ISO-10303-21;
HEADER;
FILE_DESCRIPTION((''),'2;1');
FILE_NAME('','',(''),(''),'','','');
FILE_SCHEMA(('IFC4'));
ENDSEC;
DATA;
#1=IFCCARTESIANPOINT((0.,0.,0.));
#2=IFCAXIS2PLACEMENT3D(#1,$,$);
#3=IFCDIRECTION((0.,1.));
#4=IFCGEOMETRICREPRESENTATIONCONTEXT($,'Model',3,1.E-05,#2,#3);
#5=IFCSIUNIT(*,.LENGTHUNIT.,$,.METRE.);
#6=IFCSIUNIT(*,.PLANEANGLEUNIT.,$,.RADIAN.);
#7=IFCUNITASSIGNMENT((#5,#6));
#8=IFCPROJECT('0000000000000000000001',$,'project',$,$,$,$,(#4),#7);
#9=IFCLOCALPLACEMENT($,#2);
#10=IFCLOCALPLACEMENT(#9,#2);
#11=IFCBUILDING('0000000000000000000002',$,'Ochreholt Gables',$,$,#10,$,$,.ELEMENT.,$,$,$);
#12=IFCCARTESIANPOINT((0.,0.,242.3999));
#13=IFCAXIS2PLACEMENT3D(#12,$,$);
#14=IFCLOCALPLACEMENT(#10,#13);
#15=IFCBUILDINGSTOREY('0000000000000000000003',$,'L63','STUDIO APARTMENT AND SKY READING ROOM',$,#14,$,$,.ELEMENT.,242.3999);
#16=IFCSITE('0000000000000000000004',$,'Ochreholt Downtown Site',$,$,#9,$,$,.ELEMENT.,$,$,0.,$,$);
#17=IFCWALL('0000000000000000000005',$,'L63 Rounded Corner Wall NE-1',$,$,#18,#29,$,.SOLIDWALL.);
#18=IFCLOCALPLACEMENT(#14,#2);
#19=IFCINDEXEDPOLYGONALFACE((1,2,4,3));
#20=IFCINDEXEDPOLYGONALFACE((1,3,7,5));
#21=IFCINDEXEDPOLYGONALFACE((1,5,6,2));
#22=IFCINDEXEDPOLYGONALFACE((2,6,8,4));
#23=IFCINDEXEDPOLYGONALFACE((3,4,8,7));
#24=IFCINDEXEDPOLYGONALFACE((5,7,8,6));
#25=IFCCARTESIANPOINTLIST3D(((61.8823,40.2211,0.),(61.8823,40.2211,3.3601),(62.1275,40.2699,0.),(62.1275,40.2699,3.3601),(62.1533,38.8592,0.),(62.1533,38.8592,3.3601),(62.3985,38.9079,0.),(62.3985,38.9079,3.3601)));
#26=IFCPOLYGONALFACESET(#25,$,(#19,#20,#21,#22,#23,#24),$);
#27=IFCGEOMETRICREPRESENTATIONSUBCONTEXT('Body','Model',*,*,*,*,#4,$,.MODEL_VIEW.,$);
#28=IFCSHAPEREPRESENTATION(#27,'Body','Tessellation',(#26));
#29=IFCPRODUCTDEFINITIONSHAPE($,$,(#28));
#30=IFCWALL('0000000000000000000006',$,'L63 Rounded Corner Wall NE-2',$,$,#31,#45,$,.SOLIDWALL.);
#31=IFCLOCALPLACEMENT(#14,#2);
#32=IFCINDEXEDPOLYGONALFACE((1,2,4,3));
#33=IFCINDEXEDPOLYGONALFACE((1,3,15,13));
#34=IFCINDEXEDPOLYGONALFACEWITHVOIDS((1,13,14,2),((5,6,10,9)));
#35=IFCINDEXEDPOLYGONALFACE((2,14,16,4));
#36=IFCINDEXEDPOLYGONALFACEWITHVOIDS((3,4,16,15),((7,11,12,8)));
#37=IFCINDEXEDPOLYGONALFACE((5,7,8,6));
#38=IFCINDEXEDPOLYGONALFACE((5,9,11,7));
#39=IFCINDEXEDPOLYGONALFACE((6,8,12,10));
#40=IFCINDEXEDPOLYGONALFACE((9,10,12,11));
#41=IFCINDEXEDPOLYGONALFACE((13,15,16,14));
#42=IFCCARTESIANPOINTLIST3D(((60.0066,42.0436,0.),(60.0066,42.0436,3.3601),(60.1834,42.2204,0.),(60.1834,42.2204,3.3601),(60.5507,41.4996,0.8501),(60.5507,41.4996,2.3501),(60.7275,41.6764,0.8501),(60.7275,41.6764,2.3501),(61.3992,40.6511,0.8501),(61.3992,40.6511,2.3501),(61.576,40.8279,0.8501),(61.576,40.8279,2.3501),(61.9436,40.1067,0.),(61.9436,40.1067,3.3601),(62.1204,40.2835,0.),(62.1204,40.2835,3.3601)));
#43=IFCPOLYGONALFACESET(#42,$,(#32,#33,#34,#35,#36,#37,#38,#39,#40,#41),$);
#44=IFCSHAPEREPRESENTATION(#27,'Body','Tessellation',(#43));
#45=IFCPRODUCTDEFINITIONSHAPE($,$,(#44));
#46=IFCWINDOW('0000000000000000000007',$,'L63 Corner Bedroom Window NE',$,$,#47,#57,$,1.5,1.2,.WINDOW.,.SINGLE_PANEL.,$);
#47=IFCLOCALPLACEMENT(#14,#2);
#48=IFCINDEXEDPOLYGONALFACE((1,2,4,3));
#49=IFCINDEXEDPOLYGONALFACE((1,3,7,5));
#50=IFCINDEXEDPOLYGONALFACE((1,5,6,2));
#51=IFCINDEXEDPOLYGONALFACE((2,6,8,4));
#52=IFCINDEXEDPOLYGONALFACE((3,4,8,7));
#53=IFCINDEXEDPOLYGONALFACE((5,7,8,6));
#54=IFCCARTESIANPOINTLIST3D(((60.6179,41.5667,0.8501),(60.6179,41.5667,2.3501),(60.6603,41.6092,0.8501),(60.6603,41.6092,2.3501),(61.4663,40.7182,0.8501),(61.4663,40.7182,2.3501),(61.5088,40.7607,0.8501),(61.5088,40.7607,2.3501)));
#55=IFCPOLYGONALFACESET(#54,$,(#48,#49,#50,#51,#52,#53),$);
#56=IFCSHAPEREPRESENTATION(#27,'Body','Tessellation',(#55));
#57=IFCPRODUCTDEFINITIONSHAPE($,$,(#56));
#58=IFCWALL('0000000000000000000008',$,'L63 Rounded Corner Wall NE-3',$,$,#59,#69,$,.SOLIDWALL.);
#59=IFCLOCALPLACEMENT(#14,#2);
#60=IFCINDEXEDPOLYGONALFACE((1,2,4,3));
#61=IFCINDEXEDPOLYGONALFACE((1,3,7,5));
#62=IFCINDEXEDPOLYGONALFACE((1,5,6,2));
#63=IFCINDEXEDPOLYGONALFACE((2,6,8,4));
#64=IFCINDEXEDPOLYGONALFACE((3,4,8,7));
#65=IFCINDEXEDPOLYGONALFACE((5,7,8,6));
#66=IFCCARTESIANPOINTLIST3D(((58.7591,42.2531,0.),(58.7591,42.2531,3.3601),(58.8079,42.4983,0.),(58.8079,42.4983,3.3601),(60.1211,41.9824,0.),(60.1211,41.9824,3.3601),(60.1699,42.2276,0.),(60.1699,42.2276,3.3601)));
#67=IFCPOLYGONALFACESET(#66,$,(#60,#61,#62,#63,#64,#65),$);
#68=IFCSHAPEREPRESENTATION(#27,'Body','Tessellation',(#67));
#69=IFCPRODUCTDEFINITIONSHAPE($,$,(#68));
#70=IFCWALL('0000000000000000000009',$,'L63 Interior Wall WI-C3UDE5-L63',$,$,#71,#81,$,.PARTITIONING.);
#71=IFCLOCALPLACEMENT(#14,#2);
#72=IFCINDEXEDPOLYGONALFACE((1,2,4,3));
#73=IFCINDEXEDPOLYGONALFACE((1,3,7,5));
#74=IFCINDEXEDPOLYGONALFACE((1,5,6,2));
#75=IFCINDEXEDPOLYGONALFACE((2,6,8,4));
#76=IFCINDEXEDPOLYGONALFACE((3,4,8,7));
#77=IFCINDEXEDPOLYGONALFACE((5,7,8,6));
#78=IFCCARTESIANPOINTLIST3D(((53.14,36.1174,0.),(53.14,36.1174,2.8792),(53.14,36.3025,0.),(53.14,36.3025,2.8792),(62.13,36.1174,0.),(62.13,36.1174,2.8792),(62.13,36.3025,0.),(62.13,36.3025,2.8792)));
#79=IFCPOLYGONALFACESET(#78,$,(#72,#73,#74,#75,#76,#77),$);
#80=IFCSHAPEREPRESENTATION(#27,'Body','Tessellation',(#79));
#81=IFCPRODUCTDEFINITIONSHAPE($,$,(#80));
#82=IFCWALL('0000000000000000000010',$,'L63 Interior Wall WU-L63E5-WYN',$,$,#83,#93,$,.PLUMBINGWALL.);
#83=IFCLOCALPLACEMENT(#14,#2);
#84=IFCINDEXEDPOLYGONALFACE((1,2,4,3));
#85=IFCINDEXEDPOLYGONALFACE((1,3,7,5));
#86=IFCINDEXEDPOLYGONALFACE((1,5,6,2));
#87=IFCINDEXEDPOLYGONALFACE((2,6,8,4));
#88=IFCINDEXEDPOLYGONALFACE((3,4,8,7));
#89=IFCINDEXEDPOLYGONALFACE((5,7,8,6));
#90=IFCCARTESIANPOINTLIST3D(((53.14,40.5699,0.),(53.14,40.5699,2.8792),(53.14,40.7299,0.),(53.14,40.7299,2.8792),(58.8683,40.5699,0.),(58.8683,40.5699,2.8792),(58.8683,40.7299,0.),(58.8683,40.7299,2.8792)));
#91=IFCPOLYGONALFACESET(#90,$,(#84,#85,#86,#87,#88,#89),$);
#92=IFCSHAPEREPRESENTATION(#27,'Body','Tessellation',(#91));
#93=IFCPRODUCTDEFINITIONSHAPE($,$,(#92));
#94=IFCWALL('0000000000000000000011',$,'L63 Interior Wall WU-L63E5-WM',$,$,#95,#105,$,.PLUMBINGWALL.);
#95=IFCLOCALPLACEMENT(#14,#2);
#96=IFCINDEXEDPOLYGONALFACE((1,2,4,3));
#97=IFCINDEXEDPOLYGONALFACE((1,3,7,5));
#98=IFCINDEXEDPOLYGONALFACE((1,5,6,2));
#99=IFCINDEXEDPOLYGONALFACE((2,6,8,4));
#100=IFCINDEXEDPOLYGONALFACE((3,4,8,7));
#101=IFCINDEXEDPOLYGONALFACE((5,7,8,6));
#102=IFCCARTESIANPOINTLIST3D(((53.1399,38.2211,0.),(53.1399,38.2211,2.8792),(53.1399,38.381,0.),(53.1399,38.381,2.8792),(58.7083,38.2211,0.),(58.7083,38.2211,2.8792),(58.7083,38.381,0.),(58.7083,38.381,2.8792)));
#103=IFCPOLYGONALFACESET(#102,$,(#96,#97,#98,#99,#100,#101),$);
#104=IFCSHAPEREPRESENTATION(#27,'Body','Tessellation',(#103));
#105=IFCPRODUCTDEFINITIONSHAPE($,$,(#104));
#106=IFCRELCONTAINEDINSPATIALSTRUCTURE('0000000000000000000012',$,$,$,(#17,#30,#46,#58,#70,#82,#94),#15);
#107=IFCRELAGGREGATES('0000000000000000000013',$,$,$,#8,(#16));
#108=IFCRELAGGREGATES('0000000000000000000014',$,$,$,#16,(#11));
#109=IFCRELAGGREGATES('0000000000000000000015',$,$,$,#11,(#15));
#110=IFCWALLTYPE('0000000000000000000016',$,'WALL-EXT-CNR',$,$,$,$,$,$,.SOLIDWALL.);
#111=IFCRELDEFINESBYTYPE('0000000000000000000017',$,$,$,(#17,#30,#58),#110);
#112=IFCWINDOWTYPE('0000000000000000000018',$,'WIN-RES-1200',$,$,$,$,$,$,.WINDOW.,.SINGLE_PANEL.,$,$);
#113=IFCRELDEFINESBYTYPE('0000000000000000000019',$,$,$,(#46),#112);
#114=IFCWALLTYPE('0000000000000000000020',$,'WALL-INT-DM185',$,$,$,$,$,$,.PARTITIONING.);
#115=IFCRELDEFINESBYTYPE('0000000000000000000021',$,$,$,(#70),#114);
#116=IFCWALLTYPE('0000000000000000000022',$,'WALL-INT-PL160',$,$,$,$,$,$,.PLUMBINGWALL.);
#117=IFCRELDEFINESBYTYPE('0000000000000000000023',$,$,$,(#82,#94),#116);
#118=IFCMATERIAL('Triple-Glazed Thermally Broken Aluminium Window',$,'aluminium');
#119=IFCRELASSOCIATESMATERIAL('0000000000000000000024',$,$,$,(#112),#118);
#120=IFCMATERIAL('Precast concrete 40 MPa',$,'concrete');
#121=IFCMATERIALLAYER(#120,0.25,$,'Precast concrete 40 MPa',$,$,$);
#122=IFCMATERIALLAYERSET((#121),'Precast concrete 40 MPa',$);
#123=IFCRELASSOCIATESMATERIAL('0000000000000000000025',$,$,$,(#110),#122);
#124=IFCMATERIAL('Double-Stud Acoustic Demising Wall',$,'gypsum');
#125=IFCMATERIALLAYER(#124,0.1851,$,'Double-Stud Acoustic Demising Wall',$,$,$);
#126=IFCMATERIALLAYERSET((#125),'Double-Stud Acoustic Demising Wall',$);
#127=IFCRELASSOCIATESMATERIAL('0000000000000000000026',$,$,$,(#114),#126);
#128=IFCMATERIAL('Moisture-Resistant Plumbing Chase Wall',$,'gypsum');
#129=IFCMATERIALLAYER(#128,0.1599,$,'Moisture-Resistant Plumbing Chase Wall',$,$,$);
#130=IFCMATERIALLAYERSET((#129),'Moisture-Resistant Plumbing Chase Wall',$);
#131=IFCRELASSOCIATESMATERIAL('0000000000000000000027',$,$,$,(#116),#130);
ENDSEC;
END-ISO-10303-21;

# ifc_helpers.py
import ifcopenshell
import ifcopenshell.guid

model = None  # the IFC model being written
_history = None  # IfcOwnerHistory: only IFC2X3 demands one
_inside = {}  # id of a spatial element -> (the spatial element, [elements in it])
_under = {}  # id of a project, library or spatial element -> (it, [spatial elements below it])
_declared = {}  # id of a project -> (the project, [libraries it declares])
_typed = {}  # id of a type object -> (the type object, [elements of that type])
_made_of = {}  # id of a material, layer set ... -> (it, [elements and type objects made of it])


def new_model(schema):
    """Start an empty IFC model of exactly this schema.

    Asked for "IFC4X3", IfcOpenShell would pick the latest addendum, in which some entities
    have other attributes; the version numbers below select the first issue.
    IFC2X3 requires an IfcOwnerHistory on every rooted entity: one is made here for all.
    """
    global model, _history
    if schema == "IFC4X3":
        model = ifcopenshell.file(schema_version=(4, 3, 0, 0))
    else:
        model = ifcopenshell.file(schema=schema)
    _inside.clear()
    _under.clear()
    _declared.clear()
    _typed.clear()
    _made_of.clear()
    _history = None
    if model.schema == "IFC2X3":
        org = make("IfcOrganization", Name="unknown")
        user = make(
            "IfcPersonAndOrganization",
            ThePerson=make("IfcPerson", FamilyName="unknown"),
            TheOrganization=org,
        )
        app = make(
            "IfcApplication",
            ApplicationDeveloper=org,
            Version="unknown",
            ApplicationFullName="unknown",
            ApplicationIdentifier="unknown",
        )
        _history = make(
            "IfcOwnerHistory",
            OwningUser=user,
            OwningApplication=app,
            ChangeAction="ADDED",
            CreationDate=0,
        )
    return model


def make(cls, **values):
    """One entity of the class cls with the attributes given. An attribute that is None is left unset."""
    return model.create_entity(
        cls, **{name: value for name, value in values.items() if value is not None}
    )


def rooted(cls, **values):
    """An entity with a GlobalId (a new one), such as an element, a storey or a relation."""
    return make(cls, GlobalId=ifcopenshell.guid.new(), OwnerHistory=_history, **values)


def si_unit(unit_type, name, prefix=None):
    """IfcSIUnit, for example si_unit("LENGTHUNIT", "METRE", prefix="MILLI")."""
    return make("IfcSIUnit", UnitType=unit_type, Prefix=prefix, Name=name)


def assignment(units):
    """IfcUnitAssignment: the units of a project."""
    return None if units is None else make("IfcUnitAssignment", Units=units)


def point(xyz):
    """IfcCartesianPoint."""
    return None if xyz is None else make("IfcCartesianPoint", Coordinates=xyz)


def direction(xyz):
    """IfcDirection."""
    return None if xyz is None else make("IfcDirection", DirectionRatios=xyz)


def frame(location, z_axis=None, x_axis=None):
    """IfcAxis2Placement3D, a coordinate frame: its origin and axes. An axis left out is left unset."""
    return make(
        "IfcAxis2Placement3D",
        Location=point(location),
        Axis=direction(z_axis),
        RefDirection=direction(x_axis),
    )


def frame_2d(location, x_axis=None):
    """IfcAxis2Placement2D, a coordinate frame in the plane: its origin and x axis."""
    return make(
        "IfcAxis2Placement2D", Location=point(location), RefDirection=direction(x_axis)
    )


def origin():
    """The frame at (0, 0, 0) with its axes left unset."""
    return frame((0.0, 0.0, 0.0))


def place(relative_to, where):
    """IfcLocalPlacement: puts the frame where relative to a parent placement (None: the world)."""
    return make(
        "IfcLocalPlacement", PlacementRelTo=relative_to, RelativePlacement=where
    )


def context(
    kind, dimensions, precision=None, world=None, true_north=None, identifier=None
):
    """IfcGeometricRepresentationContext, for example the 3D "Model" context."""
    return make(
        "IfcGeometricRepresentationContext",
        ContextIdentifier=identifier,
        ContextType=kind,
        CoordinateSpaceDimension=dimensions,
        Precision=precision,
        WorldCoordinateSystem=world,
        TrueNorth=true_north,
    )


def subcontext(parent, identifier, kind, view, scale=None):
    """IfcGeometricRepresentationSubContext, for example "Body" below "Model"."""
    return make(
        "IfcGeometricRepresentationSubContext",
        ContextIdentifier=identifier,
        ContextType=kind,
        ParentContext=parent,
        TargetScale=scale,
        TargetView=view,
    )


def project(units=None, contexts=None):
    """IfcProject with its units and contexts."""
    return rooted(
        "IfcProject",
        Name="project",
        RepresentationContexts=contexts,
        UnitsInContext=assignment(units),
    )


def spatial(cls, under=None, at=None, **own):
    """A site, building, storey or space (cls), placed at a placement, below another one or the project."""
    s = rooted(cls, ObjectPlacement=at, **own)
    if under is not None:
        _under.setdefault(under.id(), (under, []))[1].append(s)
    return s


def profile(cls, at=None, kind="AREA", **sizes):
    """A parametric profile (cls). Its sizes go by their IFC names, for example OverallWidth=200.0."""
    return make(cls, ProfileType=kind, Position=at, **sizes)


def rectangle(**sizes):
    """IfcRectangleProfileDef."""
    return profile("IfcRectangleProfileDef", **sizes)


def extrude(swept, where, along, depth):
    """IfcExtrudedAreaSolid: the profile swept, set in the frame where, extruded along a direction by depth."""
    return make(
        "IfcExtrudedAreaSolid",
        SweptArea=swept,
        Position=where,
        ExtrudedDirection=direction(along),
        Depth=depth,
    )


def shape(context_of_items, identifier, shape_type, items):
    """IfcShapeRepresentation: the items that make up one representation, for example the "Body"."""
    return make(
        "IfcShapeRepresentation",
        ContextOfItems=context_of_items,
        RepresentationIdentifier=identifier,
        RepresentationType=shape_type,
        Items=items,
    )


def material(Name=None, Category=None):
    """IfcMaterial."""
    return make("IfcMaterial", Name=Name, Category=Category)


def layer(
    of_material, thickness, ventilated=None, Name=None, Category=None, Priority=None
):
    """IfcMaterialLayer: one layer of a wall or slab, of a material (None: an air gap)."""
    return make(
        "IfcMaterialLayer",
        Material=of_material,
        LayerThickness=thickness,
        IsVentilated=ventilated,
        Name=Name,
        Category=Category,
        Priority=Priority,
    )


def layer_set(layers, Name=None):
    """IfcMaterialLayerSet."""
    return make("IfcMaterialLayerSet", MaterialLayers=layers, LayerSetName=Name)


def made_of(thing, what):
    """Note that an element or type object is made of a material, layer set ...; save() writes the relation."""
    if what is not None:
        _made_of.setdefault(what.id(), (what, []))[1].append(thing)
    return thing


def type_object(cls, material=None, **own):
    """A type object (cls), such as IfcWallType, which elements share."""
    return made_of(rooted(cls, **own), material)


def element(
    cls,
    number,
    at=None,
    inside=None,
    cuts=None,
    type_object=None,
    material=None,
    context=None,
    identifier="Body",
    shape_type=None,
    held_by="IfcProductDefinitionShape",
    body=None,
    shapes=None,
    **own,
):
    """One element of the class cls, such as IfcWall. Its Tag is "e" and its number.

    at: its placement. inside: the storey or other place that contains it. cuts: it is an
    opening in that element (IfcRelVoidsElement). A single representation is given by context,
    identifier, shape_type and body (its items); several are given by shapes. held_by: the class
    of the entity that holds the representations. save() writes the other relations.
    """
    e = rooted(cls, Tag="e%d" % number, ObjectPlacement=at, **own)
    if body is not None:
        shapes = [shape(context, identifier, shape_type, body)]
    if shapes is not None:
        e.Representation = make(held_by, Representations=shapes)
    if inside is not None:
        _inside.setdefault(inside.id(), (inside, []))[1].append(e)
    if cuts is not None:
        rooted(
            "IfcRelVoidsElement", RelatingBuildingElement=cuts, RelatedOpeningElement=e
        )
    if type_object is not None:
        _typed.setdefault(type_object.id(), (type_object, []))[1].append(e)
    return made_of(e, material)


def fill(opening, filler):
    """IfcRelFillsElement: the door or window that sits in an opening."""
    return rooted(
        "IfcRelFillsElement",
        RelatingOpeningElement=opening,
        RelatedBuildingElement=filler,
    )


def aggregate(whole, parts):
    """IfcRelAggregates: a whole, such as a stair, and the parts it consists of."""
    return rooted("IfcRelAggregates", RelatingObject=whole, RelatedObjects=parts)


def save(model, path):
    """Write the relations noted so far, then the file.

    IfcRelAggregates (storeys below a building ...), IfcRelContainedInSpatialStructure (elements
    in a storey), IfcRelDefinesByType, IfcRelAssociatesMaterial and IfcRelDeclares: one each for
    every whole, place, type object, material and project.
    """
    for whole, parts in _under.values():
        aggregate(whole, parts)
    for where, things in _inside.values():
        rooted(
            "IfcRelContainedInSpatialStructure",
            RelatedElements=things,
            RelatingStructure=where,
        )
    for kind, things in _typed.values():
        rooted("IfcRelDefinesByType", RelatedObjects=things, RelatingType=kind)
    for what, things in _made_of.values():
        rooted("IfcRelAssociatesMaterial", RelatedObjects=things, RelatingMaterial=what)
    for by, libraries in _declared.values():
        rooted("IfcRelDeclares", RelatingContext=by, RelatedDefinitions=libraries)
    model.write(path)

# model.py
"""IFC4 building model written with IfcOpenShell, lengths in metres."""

from ifc_helpers import new_model, si_unit, direction, frame, frame_2d, origin, place, context, subcontext, project, spatial, rectangle, extrude, material, layer, layer_set, type_object, element, fill, save


model = new_model("IFC4")

# Units and contexts
model_context = context("Model", 3, precision=1e-05, world=origin(), true_north=direction((0.0, 1.0)))
body_context = subcontext(model_context, "Body", "Model", "MODEL_VIEW")
ifc_project = project(units=[si_unit("LENGTHUNIT", "METRE"), si_unit("PLANEANGLEUNIT", "RADIAN")], contexts=[model_context])

# Site, building, storey
site_placement = place(None, origin())
site = spatial("IfcSite", under=ifc_project, at=site_placement, Name="Ochreholt Downtown Site", CompositionType="ELEMENT", RefElevation=0.0)
building_placement = place(site_placement, origin())
building = spatial("IfcBuilding", under=site, at=building_placement, Name="Ochreholt Gables", CompositionType="ELEMENT")
storey_placement = place(building_placement, frame((0.0, 0.0, 242.3999)))
storey = spatial("IfcBuildingStorey", under=building, at=storey_placement, Name="L63", Description="STUDIO APARTMENT AND SKY READING ROOM", CompositionType="ELEMENT", Elevation=242.3999)

# Shared definitions
ifc_material_1 = material(Name="Precast concrete 40 MPa", Category="concrete")
ifc_material_2 = material(Name="Triple-Glazed Thermally Broken Aluminium Window", Category="aluminium")
window_type_1 = type_object("IfcWindowType", Name="WIN-RES-1200", PartitioningType="SINGLE_PANEL", PredefinedType="WINDOW", material=ifc_material_2)

# Wall
ifc_layer_1 = layer(ifc_material_1, 0.25, Name="Precast concrete 40 MPa")
ifc_layer_set_1 = layer_set([ifc_layer_1], Name="Precast concrete 40 MPa")
wall_type_1 = type_object("IfcWallType", Name="WALL-EXT-CNR", PredefinedType="SOLIDWALL", material=ifc_layer_set_1)
wall_1_placement = place(storey_placement, frame((62.2759, 38.8835, 0.0), z_axis=(0.0, 0.0, 1.0), x_axis=(-0.195136, 0.980776, 0.0)))
element("IfcWall", 1, at=wall_1_placement, inside=storey, type_object=wall_type_1, Name="L63 Rounded Corner Wall NE-1", PredefinedType="SOLIDWALL", context=body_context, shape_type="SweptSolid", body=[
    extrude(rectangle(XDim=1.3887, YDim=0.25, at=frame_2d((0.6943, 0.0))), origin(), (0.0, 0.0, 1.0), 3.3601),
])

# Wall, opening, window
wall_2_placement = place(storey_placement, frame((62.032, 40.1951, 0.0), z_axis=(0.0, 0.0, 1.0), x_axis=(-0.707107, 0.707107, 0.0)))
wall_2 = element("IfcWall", 2, at=wall_2_placement, inside=storey, type_object=wall_type_1, Name="L63 Rounded Corner Wall NE-2", PredefinedType="SOLIDWALL", context=body_context, shape_type="SweptSolid", body=[
    extrude(rectangle(XDim=2.7393, YDim=0.25, at=frame_2d((1.3696, 0.0))), origin(), (0.0, 0.0, 1.0), 3.3601),
])
opening_1_placement = place(wall_2_placement, frame((0.7698, 0.0, 0.8501)))
opening_1 = element("IfcOpeningElement", 3, at=opening_1_placement, cuts=wall_2, PredefinedType="OPENING", context=body_context, shape_type="SweptSolid", body=[
    extrude(rectangle(XDim=1.2, YDim=1.5, at=frame_2d((0.6001, 0.75))), frame((0.0, 0.135, 0.0), z_axis=(0.0, -1.0, 0.0), x_axis=(1.0, 0.0, 0.0)), (0.0, 0.0, 1.0), 0.27),
])
window_1_placement = place(opening_1_placement, origin())
window_1 = element("IfcWindow", 4, at=window_1_placement, inside=storey, type_object=window_type_1, Name="L63 Corner Bedroom Window NE", OverallHeight=1.5, OverallWidth=1.2, PartitioningType="SINGLE_PANEL", PredefinedType="WINDOW", context=body_context, shape_type="SweptSolid", body=[
    extrude(rectangle(XDim=1.2, YDim=1.5, at=frame_2d((0.6001, 0.75))), frame((0.0, 0.03, 0.0), z_axis=(0.0, -1.0, 0.0), x_axis=(1.0, 0.0, 0.0)), (0.0, 0.0, 1.0), 0.0601),
])
fill(opening_1, window_1)

# Walls
wall_3_placement = place(storey_placement, frame((60.1455, 42.105, 0.0), z_axis=(0.0, 0.0, 1.0), x_axis=(-0.98081, 0.194967, 0.0)))
element("IfcWall", 5, at=wall_3_placement, inside=storey, type_object=wall_type_1, Name="L63 Rounded Corner Wall NE-3", PredefinedType="SOLIDWALL", context=body_context, shape_type="SweptSolid", body=[
    extrude(rectangle(XDim=1.3887, YDim=0.25, at=frame_2d((0.6943, 0.0))), origin(), (0.0, 0.0, 1.0), 3.3601),
])
ifc_material_3 = material(Name="Double-Stud Acoustic Demising Wall", Category="gypsum")
ifc_layer_2 = layer(ifc_material_3, 0.1851, Name="Double-Stud Acoustic Demising Wall")
ifc_layer_set_2 = layer_set([ifc_layer_2], Name="Double-Stud Acoustic Demising Wall")
wall_type_2 = type_object("IfcWallType", Name="WALL-INT-DM185", PredefinedType="PARTITIONING", material=ifc_layer_set_2)
wall_4_placement = place(storey_placement, frame((53.1399, 36.21, 0.0), z_axis=(0.0, 0.0, 1.0), x_axis=(1.0, 0.0, 0.0)))
element("IfcWall", 6, at=wall_4_placement, inside=storey, type_object=wall_type_2, Name="L63 Interior Wall WI-C3UDE5-L63", PredefinedType="PARTITIONING", context=body_context, shape_type="SweptSolid", body=[
    extrude(rectangle(XDim=8.99, YDim=0.1851, at=frame_2d((4.4951, 0.0))), origin(), (0.0, 0.0, 1.0), 2.8792),
])
ifc_material_4 = material(Name="Moisture-Resistant Plumbing Chase Wall", Category="gypsum")
ifc_layer_3 = layer(ifc_material_4, 0.1599, Name="Moisture-Resistant Plumbing Chase Wall")
ifc_layer_set_3 = layer_set([ifc_layer_3], Name="Moisture-Resistant Plumbing Chase Wall")
wall_type_3 = type_object("IfcWallType", Name="WALL-INT-PL160", PredefinedType="PLUMBINGWALL", material=ifc_layer_set_3)
wall_5_placement = place(storey_placement, frame((53.1399, 40.6499, 0.0), z_axis=(0.0, 0.0, 1.0), x_axis=(1.0, 0.0, 0.0)))
element("IfcWall", 7, at=wall_5_placement, inside=storey, type_object=wall_type_3, Name="L63 Interior Wall WU-L63E5-WYN", PredefinedType="PLUMBINGWALL", context=body_context, shape_type="SweptSolid", body=[
    extrude(rectangle(XDim=5.7283, YDim=0.1599, at=frame_2d((2.8643, 0.0))), origin(), (0.0, 0.0, 1.0), 2.8792),
])

# Wall
wall_6_placement = place(storey_placement, frame((53.1399, 38.301, 0.0), z_axis=(0.0, 0.0, 1.0), x_axis=(1.0, 0.0, 0.0)))
element("IfcWall", 8, at=wall_6_placement, inside=storey, type_object=wall_type_3, Name="L63 Interior Wall WU-L63E5-WM", PredefinedType="PLUMBINGWALL", context=body_context, shape_type="SweptSolid", body=[
    extrude(rectangle(XDim=5.5684, YDim=0.1599, at=frame_2d((2.7842, 0.0))), origin(), (0.0, 0.0, 1.0), 2.8792),
])

save(model, "model.ifc")
